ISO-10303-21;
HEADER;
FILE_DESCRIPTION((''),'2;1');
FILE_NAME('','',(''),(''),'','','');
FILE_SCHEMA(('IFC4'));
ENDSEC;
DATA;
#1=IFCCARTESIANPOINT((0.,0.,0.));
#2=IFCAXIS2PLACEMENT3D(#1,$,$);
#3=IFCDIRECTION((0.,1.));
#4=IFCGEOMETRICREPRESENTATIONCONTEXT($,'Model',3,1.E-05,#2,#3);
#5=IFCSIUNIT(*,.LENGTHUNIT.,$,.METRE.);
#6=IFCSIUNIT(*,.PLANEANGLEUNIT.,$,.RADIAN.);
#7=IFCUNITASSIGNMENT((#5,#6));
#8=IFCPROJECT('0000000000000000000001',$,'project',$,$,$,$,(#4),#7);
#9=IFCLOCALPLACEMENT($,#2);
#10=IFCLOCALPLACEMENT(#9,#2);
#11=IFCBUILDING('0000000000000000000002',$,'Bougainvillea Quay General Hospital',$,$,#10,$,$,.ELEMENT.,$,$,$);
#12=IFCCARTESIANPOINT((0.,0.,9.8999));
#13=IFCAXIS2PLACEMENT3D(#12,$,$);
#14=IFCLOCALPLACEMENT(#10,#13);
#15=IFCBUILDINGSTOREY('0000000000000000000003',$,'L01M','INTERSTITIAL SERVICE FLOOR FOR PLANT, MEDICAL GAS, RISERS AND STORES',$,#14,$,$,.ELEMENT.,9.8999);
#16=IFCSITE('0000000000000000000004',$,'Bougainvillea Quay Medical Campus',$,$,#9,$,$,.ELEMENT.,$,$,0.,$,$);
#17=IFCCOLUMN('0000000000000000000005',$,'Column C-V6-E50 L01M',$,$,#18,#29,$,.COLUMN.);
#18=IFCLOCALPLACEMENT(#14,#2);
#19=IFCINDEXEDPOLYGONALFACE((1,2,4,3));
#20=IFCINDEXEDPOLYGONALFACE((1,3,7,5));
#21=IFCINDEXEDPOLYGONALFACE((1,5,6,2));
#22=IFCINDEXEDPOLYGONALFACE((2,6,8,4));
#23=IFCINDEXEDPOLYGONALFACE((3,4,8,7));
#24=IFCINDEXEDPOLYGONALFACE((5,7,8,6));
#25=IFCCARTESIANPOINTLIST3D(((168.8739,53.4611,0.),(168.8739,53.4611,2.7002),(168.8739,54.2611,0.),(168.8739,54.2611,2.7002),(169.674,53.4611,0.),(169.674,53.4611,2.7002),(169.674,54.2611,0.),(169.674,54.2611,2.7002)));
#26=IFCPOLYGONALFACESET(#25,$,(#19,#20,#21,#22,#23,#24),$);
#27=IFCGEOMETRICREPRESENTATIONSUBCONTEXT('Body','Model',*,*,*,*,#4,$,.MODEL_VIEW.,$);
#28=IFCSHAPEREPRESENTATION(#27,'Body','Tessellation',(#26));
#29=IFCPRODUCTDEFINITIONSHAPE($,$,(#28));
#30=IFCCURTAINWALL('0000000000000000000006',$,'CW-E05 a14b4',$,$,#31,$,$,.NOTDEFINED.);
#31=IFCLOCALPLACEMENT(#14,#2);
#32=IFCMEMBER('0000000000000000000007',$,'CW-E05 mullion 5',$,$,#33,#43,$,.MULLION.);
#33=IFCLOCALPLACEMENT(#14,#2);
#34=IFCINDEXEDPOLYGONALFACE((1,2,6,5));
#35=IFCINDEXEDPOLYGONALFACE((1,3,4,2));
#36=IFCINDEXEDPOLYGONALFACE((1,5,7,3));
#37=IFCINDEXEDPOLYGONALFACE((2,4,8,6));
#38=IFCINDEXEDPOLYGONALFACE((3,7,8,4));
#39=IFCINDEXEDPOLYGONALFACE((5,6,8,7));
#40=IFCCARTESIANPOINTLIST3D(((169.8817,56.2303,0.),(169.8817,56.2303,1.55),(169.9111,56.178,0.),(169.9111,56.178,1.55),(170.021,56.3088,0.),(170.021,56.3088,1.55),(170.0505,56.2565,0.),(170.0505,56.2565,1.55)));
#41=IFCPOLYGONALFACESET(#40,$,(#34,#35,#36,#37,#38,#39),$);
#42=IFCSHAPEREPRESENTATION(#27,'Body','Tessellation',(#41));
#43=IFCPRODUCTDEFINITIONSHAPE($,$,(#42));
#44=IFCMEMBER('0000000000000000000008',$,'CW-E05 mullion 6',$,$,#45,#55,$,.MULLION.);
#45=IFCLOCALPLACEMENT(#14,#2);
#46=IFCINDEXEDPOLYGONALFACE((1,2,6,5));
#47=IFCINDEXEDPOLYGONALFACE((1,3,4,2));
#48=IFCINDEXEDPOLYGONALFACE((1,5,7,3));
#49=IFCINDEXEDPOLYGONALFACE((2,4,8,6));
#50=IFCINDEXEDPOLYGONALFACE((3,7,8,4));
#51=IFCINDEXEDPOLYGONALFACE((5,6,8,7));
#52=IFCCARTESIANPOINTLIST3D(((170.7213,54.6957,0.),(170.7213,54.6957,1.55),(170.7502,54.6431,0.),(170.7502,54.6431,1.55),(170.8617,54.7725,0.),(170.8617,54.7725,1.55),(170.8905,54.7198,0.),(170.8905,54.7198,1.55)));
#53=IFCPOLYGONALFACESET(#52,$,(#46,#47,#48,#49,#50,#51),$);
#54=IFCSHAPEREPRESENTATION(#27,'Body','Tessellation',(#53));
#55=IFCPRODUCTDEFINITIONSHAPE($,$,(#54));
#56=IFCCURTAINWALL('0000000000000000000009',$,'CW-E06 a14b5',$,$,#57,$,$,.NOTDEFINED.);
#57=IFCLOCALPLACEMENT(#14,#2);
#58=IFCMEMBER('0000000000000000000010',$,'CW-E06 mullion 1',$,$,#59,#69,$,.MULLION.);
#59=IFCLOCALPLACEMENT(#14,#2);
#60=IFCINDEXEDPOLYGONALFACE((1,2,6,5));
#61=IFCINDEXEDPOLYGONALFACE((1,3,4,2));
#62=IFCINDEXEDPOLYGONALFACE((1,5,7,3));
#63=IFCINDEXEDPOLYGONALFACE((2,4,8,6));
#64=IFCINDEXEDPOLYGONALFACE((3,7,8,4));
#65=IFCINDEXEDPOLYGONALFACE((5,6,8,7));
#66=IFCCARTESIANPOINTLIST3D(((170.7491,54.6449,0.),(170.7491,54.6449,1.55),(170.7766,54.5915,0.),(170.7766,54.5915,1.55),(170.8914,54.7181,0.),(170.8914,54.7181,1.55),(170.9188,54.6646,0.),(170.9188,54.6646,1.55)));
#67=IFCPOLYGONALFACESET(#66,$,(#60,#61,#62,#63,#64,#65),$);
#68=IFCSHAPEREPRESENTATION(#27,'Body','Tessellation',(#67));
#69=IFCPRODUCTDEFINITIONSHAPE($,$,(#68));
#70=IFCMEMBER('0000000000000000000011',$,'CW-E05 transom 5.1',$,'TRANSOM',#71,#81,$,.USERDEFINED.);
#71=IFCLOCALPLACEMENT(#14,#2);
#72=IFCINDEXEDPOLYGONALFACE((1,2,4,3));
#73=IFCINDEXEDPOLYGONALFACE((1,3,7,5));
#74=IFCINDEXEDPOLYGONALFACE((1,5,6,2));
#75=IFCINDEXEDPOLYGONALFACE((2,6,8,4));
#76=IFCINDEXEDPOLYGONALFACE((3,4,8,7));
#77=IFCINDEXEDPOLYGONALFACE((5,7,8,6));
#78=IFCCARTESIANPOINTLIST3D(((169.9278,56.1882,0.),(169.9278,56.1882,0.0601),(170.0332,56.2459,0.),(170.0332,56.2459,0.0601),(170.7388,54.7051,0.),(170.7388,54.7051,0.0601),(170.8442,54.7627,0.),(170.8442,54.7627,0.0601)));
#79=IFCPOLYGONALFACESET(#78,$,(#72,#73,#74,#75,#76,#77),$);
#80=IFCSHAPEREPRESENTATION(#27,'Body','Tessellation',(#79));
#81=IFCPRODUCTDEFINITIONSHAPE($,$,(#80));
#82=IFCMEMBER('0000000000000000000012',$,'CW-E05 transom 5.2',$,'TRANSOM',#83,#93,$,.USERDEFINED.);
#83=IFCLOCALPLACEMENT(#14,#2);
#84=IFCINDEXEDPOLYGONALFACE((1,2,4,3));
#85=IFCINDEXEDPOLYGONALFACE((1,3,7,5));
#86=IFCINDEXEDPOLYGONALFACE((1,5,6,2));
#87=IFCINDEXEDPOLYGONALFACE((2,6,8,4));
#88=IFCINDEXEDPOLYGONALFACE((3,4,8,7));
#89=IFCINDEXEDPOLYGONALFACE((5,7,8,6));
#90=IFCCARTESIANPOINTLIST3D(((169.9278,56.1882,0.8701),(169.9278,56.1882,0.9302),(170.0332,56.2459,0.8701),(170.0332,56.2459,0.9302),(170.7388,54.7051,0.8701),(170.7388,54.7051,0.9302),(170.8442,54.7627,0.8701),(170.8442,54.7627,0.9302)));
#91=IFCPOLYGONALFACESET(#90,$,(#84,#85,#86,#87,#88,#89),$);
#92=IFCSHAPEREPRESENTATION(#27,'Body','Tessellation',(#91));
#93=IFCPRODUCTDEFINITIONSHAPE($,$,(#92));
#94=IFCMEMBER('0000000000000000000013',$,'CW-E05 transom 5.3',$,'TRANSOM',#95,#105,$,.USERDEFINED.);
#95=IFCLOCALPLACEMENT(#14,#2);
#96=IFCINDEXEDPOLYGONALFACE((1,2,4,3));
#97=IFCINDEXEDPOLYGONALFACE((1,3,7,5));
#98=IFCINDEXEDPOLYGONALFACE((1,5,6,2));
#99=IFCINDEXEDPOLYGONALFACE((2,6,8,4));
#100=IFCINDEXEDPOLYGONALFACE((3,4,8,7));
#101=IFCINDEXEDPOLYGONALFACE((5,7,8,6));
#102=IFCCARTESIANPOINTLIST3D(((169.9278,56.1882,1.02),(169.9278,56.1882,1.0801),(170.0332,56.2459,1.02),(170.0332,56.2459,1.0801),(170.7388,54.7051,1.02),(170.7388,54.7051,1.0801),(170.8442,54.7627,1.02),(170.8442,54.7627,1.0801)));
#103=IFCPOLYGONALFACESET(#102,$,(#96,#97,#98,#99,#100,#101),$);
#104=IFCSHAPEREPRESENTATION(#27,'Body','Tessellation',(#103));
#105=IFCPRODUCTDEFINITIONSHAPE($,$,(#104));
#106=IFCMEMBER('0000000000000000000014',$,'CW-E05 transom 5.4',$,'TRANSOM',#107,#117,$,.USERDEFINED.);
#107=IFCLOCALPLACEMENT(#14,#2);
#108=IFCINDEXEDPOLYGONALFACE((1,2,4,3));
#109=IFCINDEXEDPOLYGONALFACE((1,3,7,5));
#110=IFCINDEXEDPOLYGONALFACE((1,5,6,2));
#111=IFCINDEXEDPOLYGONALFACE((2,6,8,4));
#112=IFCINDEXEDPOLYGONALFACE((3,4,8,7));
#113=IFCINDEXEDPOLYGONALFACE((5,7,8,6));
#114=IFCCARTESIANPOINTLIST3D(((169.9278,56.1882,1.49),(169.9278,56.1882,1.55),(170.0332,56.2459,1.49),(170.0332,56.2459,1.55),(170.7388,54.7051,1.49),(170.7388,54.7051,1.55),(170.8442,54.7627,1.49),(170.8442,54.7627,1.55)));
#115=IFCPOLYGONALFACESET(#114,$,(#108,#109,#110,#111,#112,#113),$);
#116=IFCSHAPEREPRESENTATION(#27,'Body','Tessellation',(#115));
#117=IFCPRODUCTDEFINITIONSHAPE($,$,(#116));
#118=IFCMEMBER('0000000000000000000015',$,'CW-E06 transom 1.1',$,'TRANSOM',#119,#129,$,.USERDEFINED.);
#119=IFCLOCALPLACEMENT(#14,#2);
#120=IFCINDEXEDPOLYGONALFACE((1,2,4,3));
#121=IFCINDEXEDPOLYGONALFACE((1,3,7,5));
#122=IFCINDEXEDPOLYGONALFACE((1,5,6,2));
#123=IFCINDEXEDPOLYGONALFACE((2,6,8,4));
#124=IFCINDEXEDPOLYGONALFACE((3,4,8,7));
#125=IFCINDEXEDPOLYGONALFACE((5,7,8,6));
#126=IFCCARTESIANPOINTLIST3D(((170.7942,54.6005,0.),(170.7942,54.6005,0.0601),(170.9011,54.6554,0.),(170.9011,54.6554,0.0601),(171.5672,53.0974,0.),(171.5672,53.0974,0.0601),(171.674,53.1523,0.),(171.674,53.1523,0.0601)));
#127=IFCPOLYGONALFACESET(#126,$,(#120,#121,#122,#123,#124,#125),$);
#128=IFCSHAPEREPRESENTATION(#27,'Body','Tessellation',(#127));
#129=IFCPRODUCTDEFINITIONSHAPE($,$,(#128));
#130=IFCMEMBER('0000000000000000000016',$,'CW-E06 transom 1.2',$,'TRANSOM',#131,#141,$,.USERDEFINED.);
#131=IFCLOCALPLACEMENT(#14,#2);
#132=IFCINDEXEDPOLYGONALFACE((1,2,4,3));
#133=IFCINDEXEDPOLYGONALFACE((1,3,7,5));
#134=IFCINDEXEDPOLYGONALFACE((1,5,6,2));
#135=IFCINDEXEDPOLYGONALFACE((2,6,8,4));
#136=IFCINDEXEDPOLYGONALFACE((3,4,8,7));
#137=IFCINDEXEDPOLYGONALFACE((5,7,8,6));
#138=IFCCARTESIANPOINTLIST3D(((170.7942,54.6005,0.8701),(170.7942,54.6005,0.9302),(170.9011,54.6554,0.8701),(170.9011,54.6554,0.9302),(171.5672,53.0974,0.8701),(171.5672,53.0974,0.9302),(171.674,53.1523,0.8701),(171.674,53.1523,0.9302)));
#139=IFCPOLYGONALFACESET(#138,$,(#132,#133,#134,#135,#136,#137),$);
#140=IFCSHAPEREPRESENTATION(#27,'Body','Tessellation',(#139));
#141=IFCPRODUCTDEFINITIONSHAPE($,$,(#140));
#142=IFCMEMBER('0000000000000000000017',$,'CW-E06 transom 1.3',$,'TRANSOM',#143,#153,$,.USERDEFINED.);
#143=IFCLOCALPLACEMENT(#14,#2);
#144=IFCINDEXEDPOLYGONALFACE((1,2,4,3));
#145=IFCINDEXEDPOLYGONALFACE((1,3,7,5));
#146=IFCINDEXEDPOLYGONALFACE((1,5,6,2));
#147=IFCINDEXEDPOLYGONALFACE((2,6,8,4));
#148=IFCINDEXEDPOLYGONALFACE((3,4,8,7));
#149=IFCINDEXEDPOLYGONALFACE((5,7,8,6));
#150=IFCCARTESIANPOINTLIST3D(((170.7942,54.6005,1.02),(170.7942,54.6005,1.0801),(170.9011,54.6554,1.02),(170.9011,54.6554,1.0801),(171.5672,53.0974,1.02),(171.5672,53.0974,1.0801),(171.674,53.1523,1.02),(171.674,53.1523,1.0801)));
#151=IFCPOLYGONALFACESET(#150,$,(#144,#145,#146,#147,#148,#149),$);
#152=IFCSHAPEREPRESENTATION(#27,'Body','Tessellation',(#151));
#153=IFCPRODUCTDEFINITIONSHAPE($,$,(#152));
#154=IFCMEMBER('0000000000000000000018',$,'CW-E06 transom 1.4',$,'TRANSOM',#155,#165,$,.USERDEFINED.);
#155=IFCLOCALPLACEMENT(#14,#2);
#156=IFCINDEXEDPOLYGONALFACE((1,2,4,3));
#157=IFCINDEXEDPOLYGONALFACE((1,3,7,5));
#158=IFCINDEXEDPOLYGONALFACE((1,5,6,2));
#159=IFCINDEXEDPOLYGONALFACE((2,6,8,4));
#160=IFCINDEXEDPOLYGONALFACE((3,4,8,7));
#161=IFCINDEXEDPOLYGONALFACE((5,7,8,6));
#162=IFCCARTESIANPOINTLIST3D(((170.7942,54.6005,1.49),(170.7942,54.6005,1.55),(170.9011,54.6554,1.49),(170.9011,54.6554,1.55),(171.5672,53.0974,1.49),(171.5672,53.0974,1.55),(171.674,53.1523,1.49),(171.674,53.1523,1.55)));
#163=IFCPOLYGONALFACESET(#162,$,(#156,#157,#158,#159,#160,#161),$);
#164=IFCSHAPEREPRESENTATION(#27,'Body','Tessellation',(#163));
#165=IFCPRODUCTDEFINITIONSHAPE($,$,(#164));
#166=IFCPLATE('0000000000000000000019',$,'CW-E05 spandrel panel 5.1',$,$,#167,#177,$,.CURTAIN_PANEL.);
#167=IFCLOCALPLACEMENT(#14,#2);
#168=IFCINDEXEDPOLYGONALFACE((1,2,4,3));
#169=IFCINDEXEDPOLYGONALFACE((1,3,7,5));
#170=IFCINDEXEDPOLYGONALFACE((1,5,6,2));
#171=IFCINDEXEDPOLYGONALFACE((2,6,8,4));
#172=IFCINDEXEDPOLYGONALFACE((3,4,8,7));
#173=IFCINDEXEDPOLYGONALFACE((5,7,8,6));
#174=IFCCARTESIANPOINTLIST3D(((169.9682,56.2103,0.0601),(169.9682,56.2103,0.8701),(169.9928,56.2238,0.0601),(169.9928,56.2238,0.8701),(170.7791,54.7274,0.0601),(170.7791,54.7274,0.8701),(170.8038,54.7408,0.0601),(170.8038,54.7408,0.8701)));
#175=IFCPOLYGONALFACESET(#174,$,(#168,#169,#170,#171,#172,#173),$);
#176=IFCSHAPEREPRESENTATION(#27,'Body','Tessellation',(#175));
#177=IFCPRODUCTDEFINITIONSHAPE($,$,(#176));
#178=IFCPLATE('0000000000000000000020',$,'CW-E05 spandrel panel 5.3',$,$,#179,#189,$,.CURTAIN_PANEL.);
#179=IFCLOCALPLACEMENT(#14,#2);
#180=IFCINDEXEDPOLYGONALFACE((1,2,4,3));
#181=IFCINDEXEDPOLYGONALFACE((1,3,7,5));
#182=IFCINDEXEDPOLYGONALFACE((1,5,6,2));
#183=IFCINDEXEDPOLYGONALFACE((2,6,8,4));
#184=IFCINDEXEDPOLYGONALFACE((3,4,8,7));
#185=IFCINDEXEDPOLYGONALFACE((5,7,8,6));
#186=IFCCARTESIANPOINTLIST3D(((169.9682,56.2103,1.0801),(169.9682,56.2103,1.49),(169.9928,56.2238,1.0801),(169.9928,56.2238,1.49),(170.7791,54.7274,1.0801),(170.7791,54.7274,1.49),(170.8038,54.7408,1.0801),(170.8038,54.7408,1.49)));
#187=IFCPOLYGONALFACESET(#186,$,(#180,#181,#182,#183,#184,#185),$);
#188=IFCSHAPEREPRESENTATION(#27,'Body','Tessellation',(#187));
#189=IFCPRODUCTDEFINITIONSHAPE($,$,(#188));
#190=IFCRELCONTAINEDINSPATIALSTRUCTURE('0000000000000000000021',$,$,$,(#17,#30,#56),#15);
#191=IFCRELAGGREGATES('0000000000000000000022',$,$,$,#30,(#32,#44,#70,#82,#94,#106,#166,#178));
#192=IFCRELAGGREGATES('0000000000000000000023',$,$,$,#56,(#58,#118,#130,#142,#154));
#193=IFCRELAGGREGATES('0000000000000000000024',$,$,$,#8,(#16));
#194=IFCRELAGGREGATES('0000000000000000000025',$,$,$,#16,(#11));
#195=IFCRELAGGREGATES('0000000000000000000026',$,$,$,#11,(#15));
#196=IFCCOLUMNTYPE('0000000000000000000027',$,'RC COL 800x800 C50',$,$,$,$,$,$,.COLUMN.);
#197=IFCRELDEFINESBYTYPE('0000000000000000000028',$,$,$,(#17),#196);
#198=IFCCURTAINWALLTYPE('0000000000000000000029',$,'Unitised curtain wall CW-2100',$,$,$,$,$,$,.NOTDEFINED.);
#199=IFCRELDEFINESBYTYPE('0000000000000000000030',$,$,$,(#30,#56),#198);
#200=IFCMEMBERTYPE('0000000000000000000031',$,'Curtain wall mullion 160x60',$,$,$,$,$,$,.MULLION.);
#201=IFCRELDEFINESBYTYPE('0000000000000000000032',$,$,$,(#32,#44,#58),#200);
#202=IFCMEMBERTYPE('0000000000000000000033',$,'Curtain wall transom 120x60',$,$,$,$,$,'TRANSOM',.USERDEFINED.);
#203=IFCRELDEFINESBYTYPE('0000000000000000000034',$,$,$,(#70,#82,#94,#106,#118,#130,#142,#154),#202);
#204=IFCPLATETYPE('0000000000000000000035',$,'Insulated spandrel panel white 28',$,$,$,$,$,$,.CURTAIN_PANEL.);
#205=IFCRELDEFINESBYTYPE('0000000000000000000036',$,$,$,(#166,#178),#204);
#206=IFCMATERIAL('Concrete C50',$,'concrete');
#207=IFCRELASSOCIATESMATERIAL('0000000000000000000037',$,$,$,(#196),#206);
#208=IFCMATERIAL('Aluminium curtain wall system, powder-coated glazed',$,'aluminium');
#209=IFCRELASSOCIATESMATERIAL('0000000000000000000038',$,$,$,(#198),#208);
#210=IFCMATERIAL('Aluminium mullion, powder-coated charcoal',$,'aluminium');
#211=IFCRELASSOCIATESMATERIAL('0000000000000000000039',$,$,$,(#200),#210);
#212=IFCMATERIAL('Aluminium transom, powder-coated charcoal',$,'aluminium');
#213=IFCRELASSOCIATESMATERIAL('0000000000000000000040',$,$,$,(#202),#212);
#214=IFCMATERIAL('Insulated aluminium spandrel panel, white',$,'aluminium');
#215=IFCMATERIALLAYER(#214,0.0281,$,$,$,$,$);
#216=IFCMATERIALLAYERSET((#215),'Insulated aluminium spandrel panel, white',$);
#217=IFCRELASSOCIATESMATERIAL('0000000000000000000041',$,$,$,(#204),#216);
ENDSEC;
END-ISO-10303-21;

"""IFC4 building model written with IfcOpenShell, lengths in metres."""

from ifc_helpers import new_model, si_unit, direction, frame, origin, origin_2d, place, context, subcontext, project, spatial, rectangle, extrude, material, layer, layer_set, material_profile, profile_set, type_object, element, aggregate, save


model = new_model("IFC4")

# Units and contexts
model_context = context("Model", 3, precision=1e-05, world=origin(), true_north=direction((0.0, 1.0)))
body_context = subcontext(model_context, "Body", "Model", "MODEL_VIEW")
ifc_project = project(units=[si_unit("LENGTHUNIT", "METRE"), si_unit("PLANEANGLEUNIT", "RADIAN")], contexts=[model_context])

# Site, building, storey
site_placement = place(None, origin())
site = spatial("IfcSite", under=ifc_project, at=site_placement, Name="Bougainvillea Quay Medical Campus", CompositionType="ELEMENT", RefElevation=0.0)
building_placement = place(site_placement, origin())
building = spatial("IfcBuilding", under=site, at=building_placement, Name="Bougainvillea Quay General Hospital", CompositionType="ELEMENT")
storey_placement = place(building_placement, frame((0.0, 0.0, 9.8999)))
storey = spatial("IfcBuildingStorey", under=building, at=storey_placement, Name="L01M", Description="INTERSTITIAL SERVICE FLOOR FOR PLANT, MEDICAL GAS, RISERS AND STORES", CompositionType="ELEMENT", Elevation=9.8999)

# Column
ifc_material_1 = material(Name="Concrete C50", Category="concrete")
ifc_material_profile_1 = material_profile(ifc_material_1, rectangle(XDim=0.8, YDim=0.8, at=origin_2d()))
ifc_profile_set_1 = profile_set([ifc_material_profile_1], Name="Concrete C50")
column_type = type_object("IfcColumnType", Name="RC COL 800x800 C50", PredefinedType="COLUMN", material=ifc_profile_set_1)
column_placement = place(storey_placement, frame((169.2739, 53.8611, 0.0), z_axis=(0.0, 0.0, 1.0), x_axis=(1.0, 0.0, 0.0)))
element("IfcColumn", 1, at=column_placement, inside=storey, type_object=column_type, Name="Column C-V6-E50 L01M", PredefinedType="COLUMN", context=body_context, shape_type="SweptSolid", body=[
    extrude(rectangle(XDim=0.8, YDim=0.8, at=origin_2d()), origin(), (0.0, 0.0, 1.0), 2.7002),
])

# Curtain wall, members
ifc_material_2 = material(Name="Aluminium curtain wall system, powder-coated glazed", Category="aluminium")
curtain_wall_type = type_object("IfcCurtainWallType", Name="Unitised curtain wall CW-2100", PredefinedType="NOTDEFINED", material=ifc_material_2)
curtain_wall_1_placement = place(storey_placement, origin())
curtain_wall_1 = element("IfcCurtainWall", 2, at=curtain_wall_1_placement, inside=storey, type_object=curtain_wall_type, Name="CW-E05 a14b4", PredefinedType="NOTDEFINED")
ifc_material_3 = material(Name="Aluminium mullion, powder-coated charcoal", Category="aluminium")
ifc_material_profile_2 = material_profile(ifc_material_3, rectangle(XDim=0.1599, YDim=0.0601, at=origin_2d()))
ifc_profile_set_2 = profile_set([ifc_material_profile_2], Name="Aluminium mullion, powder-coated charcoal")
member_type_1 = type_object("IfcMemberType", Name="Curtain wall mullion 160x60", PredefinedType="MULLION", material=ifc_profile_set_2)
member_1_placement = place(storey_placement, frame((169.9661, 56.2434, 0.0), z_axis=(0.0, 0.0, 1.0), x_axis=(0.871193, 0.49094, 0.0)))
member_1 = element("IfcMember", 3, at=member_1_placement, type_object=member_type_1, Name="CW-E05 mullion 5", PredefinedType="MULLION", context=body_context, shape_type="SweptSolid", body=[
    extrude(rectangle(XDim=0.1599, YDim=0.0601, at=origin_2d()), origin(), (0.0, 0.0, 1.0), 1.55),
])
member_2_placement = place(storey_placement, frame((170.8059, 54.7078, 0.0), z_axis=(0.0, 0.0, 1.0), x_axis=(0.877387, 0.479783, 0.0)))
member_2 = element("IfcMember", 4, at=member_2_placement, type_object=member_type_1, Name="CW-E05 mullion 6", PredefinedType="MULLION", context=body_context, shape_type="SweptSolid", body=[
    extrude(rectangle(XDim=0.1599, YDim=0.0601, at=origin_2d()), origin(), (0.0, 0.0, 1.0), 1.55),
])

# Curtain wall, member
curtain_wall_2_placement = place(storey_placement, origin())
curtain_wall_2 = element("IfcCurtainWall", 5, at=curtain_wall_2_placement, inside=storey, type_object=curtain_wall_type, Name="CW-E06 a14b5", PredefinedType="NOTDEFINED")
member_3_placement = place(storey_placement, frame((170.834, 54.6548, 0.0), z_axis=(0.0, 0.0, 1.0), x_axis=(0.889346, 0.457235, 0.0)))
member_3 = element("IfcMember", 6, at=member_3_placement, type_object=member_type_1, Name="CW-E06 mullion 1", PredefinedType="MULLION", context=body_context, shape_type="SweptSolid", body=[
    extrude(rectangle(XDim=0.1599, YDim=0.0601, at=origin_2d()), origin(), (0.0, 0.0, 1.0), 1.55),
])

# Members
ifc_material_4 = material(Name="Aluminium transom, powder-coated charcoal", Category="aluminium")
ifc_material_profile_3 = material_profile(ifc_material_4, rectangle(XDim=0.1201, YDim=0.0601, at=origin_2d()))
ifc_profile_set_3 = profile_set([ifc_material_profile_3], Name="Aluminium transom, powder-coated charcoal")
member_type_2 = type_object("IfcMemberType", Name="Curtain wall transom 120x60", ElementType="TRANSOM", PredefinedType="USERDEFINED", material=ifc_profile_set_3)
member_4_placement = place(storey_placement, frame((169.9805, 56.217, 0.03), z_axis=(0.479783, -0.877387, 0.0), x_axis=(0.877387, 0.479783, 0.0)))
member_4 = element("IfcMember", 7, at=member_4_placement, type_object=member_type_2, Name="CW-E05 transom 5.1", ObjectType="TRANSOM", PredefinedType="USERDEFINED", context=body_context, shape_type="SweptSolid", body=[
    extrude(rectangle(XDim=0.1201, YDim=0.0601, at=origin_2d()), origin(), (0.0, 0.0, 1.0), 1.6904),
])
member_5_placement = place(storey_placement, frame((169.9805, 56.217, 0.9001), z_axis=(0.479783, -0.877387, 0.0), x_axis=(0.877387, 0.479783, 0.0)))
member_5 = element("IfcMember", 8, at=member_5_placement, type_object=member_type_2, Name="CW-E05 transom 5.2", ObjectType="TRANSOM", PredefinedType="USERDEFINED", context=body_context, shape_type="SweptSolid", body=[
    extrude(rectangle(XDim=0.1201, YDim=0.0601, at=origin_2d()), origin(), (0.0, 0.0, 1.0), 1.6904),
])
member_6_placement = place(storey_placement, frame((169.9805, 56.217, 1.05), z_axis=(0.479783, -0.877387, 0.0), x_axis=(0.877387, 0.479783, 0.0)))
member_6 = element("IfcMember", 9, at=member_6_placement, type_object=member_type_2, Name="CW-E05 transom 5.3", ObjectType="TRANSOM", PredefinedType="USERDEFINED", context=body_context, shape_type="SweptSolid", body=[
    extrude(rectangle(XDim=0.1201, YDim=0.0601, at=origin_2d()), origin(), (0.0, 0.0, 1.0), 1.6904),
])
member_7_placement = place(storey_placement, frame((169.9805, 56.217, 1.52), z_axis=(0.479783, -0.877387, 0.0), x_axis=(0.877387, 0.479783, 0.0)))
member_7 = element("IfcMember", 10, at=member_7_placement, type_object=member_type_2, Name="CW-E05 transom 5.4", ObjectType="TRANSOM", PredefinedType="USERDEFINED", context=body_context, shape_type="SweptSolid", body=[
    extrude(rectangle(XDim=0.1201, YDim=0.0601, at=origin_2d()), origin(), (0.0, 0.0, 1.0), 1.6904),
])
member_8_placement = place(storey_placement, frame((170.8477, 54.6279, 0.03), z_axis=(0.457296, -0.889315, 0.0), x_axis=(0.889315, 0.457296, 0.0)))
member_8 = element("IfcMember", 11, at=member_8_placement, type_object=member_type_2, Name="CW-E06 transom 1.1", ObjectType="TRANSOM", PredefinedType="USERDEFINED", context=body_context, shape_type="SweptSolid", body=[
    extrude(rectangle(XDim=0.1201, YDim=0.0601, at=origin_2d()), origin(), (0.0, 0.0, 1.0), 1.6902),
])
member_9_placement = place(storey_placement, frame((170.8477, 54.6279, 0.9001), z_axis=(0.457296, -0.889315, 0.0), x_axis=(0.889315, 0.457296, 0.0)))
member_9 = element("IfcMember", 12, at=member_9_placement, type_object=member_type_2, Name="CW-E06 transom 1.2", ObjectType="TRANSOM", PredefinedType="USERDEFINED", context=body_context, shape_type="SweptSolid", body=[
    extrude(rectangle(XDim=0.1201, YDim=0.0601, at=origin_2d()), origin(), (0.0, 0.0, 1.0), 1.6902),
])
member_10_placement = place(storey_placement, frame((170.8477, 54.6279, 1.05), z_axis=(0.457296, -0.889315, 0.0), x_axis=(0.889315, 0.457296, 0.0)))
member_10 = element("IfcMember", 13, at=member_10_placement, type_object=member_type_2, Name="CW-E06 transom 1.3", ObjectType="TRANSOM", PredefinedType="USERDEFINED", context=body_context, shape_type="SweptSolid", body=[
    extrude(rectangle(XDim=0.1201, YDim=0.0601, at=origin_2d()), origin(), (0.0, 0.0, 1.0), 1.6902),
])
member_11_placement = place(storey_placement, frame((170.8477, 54.6279, 1.52), z_axis=(0.457296, -0.889315, 0.0), x_axis=(0.889315, 0.457296, 0.0)))
member_11 = element("IfcMember", 14, at=member_11_placement, type_object=member_type_2, Name="CW-E06 transom 1.4", ObjectType="TRANSOM", PredefinedType="USERDEFINED", context=body_context, shape_type="SweptSolid", body=[
    extrude(rectangle(XDim=0.1201, YDim=0.0601, at=origin_2d()), origin(), (0.0, 0.0, 1.0), 1.6902),
])

# Plates
ifc_material_5 = material(Name="Insulated aluminium spandrel panel, white", Category="aluminium")
ifc_layer_1 = layer(ifc_material_5, 0.0281)
ifc_layer_set_1 = layer_set([ifc_layer_1], Name="Insulated aluminium spandrel panel, white")
plate_type_1 = type_object("IfcPlateType", Name="Insulated spandrel panel white 28", PredefinedType="CURTAIN_PANEL", material=ifc_layer_set_1)
plate_1_placement = place(storey_placement, frame((170.386, 55.4756, 0.0601), z_axis=(0.0, 0.0, 1.0), x_axis=(0.479783, -0.877387, 0.0)))
plate_1 = element("IfcPlate", 15, at=plate_1_placement, type_object=plate_type_1, Name="CW-E05 spandrel panel 5.1", PredefinedType="CURTAIN_PANEL", context=body_context, shape_type="SweptSolid", body=[
    extrude(rectangle(XDim=1.6902, YDim=0.0281, at=origin_2d()), origin(), (0.0, 0.0, 1.0), 0.8101),
])
plate_2_placement = place(storey_placement, frame((170.386, 55.4756, 1.0801), z_axis=(0.0, 0.0, 1.0), x_axis=(0.479783, -0.877387, 0.0)))
plate_2 = element("IfcPlate", 16, at=plate_2_placement, type_object=plate_type_1, Name="CW-E05 spandrel panel 5.3", PredefinedType="CURTAIN_PANEL", context=body_context, shape_type="SweptSolid", body=[
    extrude(rectangle(XDim=1.6902, YDim=0.0281, at=origin_2d()), origin(), (0.0, 0.0, 1.0), 0.4099),
])
aggregate(curtain_wall_1, [member_1, member_2, member_4, member_5, member_6, member_7, plate_1, plate_2])
aggregate(curtain_wall_2, [member_3, member_8, member_9, member_10, member_11])

save(model, "model.ifc")
